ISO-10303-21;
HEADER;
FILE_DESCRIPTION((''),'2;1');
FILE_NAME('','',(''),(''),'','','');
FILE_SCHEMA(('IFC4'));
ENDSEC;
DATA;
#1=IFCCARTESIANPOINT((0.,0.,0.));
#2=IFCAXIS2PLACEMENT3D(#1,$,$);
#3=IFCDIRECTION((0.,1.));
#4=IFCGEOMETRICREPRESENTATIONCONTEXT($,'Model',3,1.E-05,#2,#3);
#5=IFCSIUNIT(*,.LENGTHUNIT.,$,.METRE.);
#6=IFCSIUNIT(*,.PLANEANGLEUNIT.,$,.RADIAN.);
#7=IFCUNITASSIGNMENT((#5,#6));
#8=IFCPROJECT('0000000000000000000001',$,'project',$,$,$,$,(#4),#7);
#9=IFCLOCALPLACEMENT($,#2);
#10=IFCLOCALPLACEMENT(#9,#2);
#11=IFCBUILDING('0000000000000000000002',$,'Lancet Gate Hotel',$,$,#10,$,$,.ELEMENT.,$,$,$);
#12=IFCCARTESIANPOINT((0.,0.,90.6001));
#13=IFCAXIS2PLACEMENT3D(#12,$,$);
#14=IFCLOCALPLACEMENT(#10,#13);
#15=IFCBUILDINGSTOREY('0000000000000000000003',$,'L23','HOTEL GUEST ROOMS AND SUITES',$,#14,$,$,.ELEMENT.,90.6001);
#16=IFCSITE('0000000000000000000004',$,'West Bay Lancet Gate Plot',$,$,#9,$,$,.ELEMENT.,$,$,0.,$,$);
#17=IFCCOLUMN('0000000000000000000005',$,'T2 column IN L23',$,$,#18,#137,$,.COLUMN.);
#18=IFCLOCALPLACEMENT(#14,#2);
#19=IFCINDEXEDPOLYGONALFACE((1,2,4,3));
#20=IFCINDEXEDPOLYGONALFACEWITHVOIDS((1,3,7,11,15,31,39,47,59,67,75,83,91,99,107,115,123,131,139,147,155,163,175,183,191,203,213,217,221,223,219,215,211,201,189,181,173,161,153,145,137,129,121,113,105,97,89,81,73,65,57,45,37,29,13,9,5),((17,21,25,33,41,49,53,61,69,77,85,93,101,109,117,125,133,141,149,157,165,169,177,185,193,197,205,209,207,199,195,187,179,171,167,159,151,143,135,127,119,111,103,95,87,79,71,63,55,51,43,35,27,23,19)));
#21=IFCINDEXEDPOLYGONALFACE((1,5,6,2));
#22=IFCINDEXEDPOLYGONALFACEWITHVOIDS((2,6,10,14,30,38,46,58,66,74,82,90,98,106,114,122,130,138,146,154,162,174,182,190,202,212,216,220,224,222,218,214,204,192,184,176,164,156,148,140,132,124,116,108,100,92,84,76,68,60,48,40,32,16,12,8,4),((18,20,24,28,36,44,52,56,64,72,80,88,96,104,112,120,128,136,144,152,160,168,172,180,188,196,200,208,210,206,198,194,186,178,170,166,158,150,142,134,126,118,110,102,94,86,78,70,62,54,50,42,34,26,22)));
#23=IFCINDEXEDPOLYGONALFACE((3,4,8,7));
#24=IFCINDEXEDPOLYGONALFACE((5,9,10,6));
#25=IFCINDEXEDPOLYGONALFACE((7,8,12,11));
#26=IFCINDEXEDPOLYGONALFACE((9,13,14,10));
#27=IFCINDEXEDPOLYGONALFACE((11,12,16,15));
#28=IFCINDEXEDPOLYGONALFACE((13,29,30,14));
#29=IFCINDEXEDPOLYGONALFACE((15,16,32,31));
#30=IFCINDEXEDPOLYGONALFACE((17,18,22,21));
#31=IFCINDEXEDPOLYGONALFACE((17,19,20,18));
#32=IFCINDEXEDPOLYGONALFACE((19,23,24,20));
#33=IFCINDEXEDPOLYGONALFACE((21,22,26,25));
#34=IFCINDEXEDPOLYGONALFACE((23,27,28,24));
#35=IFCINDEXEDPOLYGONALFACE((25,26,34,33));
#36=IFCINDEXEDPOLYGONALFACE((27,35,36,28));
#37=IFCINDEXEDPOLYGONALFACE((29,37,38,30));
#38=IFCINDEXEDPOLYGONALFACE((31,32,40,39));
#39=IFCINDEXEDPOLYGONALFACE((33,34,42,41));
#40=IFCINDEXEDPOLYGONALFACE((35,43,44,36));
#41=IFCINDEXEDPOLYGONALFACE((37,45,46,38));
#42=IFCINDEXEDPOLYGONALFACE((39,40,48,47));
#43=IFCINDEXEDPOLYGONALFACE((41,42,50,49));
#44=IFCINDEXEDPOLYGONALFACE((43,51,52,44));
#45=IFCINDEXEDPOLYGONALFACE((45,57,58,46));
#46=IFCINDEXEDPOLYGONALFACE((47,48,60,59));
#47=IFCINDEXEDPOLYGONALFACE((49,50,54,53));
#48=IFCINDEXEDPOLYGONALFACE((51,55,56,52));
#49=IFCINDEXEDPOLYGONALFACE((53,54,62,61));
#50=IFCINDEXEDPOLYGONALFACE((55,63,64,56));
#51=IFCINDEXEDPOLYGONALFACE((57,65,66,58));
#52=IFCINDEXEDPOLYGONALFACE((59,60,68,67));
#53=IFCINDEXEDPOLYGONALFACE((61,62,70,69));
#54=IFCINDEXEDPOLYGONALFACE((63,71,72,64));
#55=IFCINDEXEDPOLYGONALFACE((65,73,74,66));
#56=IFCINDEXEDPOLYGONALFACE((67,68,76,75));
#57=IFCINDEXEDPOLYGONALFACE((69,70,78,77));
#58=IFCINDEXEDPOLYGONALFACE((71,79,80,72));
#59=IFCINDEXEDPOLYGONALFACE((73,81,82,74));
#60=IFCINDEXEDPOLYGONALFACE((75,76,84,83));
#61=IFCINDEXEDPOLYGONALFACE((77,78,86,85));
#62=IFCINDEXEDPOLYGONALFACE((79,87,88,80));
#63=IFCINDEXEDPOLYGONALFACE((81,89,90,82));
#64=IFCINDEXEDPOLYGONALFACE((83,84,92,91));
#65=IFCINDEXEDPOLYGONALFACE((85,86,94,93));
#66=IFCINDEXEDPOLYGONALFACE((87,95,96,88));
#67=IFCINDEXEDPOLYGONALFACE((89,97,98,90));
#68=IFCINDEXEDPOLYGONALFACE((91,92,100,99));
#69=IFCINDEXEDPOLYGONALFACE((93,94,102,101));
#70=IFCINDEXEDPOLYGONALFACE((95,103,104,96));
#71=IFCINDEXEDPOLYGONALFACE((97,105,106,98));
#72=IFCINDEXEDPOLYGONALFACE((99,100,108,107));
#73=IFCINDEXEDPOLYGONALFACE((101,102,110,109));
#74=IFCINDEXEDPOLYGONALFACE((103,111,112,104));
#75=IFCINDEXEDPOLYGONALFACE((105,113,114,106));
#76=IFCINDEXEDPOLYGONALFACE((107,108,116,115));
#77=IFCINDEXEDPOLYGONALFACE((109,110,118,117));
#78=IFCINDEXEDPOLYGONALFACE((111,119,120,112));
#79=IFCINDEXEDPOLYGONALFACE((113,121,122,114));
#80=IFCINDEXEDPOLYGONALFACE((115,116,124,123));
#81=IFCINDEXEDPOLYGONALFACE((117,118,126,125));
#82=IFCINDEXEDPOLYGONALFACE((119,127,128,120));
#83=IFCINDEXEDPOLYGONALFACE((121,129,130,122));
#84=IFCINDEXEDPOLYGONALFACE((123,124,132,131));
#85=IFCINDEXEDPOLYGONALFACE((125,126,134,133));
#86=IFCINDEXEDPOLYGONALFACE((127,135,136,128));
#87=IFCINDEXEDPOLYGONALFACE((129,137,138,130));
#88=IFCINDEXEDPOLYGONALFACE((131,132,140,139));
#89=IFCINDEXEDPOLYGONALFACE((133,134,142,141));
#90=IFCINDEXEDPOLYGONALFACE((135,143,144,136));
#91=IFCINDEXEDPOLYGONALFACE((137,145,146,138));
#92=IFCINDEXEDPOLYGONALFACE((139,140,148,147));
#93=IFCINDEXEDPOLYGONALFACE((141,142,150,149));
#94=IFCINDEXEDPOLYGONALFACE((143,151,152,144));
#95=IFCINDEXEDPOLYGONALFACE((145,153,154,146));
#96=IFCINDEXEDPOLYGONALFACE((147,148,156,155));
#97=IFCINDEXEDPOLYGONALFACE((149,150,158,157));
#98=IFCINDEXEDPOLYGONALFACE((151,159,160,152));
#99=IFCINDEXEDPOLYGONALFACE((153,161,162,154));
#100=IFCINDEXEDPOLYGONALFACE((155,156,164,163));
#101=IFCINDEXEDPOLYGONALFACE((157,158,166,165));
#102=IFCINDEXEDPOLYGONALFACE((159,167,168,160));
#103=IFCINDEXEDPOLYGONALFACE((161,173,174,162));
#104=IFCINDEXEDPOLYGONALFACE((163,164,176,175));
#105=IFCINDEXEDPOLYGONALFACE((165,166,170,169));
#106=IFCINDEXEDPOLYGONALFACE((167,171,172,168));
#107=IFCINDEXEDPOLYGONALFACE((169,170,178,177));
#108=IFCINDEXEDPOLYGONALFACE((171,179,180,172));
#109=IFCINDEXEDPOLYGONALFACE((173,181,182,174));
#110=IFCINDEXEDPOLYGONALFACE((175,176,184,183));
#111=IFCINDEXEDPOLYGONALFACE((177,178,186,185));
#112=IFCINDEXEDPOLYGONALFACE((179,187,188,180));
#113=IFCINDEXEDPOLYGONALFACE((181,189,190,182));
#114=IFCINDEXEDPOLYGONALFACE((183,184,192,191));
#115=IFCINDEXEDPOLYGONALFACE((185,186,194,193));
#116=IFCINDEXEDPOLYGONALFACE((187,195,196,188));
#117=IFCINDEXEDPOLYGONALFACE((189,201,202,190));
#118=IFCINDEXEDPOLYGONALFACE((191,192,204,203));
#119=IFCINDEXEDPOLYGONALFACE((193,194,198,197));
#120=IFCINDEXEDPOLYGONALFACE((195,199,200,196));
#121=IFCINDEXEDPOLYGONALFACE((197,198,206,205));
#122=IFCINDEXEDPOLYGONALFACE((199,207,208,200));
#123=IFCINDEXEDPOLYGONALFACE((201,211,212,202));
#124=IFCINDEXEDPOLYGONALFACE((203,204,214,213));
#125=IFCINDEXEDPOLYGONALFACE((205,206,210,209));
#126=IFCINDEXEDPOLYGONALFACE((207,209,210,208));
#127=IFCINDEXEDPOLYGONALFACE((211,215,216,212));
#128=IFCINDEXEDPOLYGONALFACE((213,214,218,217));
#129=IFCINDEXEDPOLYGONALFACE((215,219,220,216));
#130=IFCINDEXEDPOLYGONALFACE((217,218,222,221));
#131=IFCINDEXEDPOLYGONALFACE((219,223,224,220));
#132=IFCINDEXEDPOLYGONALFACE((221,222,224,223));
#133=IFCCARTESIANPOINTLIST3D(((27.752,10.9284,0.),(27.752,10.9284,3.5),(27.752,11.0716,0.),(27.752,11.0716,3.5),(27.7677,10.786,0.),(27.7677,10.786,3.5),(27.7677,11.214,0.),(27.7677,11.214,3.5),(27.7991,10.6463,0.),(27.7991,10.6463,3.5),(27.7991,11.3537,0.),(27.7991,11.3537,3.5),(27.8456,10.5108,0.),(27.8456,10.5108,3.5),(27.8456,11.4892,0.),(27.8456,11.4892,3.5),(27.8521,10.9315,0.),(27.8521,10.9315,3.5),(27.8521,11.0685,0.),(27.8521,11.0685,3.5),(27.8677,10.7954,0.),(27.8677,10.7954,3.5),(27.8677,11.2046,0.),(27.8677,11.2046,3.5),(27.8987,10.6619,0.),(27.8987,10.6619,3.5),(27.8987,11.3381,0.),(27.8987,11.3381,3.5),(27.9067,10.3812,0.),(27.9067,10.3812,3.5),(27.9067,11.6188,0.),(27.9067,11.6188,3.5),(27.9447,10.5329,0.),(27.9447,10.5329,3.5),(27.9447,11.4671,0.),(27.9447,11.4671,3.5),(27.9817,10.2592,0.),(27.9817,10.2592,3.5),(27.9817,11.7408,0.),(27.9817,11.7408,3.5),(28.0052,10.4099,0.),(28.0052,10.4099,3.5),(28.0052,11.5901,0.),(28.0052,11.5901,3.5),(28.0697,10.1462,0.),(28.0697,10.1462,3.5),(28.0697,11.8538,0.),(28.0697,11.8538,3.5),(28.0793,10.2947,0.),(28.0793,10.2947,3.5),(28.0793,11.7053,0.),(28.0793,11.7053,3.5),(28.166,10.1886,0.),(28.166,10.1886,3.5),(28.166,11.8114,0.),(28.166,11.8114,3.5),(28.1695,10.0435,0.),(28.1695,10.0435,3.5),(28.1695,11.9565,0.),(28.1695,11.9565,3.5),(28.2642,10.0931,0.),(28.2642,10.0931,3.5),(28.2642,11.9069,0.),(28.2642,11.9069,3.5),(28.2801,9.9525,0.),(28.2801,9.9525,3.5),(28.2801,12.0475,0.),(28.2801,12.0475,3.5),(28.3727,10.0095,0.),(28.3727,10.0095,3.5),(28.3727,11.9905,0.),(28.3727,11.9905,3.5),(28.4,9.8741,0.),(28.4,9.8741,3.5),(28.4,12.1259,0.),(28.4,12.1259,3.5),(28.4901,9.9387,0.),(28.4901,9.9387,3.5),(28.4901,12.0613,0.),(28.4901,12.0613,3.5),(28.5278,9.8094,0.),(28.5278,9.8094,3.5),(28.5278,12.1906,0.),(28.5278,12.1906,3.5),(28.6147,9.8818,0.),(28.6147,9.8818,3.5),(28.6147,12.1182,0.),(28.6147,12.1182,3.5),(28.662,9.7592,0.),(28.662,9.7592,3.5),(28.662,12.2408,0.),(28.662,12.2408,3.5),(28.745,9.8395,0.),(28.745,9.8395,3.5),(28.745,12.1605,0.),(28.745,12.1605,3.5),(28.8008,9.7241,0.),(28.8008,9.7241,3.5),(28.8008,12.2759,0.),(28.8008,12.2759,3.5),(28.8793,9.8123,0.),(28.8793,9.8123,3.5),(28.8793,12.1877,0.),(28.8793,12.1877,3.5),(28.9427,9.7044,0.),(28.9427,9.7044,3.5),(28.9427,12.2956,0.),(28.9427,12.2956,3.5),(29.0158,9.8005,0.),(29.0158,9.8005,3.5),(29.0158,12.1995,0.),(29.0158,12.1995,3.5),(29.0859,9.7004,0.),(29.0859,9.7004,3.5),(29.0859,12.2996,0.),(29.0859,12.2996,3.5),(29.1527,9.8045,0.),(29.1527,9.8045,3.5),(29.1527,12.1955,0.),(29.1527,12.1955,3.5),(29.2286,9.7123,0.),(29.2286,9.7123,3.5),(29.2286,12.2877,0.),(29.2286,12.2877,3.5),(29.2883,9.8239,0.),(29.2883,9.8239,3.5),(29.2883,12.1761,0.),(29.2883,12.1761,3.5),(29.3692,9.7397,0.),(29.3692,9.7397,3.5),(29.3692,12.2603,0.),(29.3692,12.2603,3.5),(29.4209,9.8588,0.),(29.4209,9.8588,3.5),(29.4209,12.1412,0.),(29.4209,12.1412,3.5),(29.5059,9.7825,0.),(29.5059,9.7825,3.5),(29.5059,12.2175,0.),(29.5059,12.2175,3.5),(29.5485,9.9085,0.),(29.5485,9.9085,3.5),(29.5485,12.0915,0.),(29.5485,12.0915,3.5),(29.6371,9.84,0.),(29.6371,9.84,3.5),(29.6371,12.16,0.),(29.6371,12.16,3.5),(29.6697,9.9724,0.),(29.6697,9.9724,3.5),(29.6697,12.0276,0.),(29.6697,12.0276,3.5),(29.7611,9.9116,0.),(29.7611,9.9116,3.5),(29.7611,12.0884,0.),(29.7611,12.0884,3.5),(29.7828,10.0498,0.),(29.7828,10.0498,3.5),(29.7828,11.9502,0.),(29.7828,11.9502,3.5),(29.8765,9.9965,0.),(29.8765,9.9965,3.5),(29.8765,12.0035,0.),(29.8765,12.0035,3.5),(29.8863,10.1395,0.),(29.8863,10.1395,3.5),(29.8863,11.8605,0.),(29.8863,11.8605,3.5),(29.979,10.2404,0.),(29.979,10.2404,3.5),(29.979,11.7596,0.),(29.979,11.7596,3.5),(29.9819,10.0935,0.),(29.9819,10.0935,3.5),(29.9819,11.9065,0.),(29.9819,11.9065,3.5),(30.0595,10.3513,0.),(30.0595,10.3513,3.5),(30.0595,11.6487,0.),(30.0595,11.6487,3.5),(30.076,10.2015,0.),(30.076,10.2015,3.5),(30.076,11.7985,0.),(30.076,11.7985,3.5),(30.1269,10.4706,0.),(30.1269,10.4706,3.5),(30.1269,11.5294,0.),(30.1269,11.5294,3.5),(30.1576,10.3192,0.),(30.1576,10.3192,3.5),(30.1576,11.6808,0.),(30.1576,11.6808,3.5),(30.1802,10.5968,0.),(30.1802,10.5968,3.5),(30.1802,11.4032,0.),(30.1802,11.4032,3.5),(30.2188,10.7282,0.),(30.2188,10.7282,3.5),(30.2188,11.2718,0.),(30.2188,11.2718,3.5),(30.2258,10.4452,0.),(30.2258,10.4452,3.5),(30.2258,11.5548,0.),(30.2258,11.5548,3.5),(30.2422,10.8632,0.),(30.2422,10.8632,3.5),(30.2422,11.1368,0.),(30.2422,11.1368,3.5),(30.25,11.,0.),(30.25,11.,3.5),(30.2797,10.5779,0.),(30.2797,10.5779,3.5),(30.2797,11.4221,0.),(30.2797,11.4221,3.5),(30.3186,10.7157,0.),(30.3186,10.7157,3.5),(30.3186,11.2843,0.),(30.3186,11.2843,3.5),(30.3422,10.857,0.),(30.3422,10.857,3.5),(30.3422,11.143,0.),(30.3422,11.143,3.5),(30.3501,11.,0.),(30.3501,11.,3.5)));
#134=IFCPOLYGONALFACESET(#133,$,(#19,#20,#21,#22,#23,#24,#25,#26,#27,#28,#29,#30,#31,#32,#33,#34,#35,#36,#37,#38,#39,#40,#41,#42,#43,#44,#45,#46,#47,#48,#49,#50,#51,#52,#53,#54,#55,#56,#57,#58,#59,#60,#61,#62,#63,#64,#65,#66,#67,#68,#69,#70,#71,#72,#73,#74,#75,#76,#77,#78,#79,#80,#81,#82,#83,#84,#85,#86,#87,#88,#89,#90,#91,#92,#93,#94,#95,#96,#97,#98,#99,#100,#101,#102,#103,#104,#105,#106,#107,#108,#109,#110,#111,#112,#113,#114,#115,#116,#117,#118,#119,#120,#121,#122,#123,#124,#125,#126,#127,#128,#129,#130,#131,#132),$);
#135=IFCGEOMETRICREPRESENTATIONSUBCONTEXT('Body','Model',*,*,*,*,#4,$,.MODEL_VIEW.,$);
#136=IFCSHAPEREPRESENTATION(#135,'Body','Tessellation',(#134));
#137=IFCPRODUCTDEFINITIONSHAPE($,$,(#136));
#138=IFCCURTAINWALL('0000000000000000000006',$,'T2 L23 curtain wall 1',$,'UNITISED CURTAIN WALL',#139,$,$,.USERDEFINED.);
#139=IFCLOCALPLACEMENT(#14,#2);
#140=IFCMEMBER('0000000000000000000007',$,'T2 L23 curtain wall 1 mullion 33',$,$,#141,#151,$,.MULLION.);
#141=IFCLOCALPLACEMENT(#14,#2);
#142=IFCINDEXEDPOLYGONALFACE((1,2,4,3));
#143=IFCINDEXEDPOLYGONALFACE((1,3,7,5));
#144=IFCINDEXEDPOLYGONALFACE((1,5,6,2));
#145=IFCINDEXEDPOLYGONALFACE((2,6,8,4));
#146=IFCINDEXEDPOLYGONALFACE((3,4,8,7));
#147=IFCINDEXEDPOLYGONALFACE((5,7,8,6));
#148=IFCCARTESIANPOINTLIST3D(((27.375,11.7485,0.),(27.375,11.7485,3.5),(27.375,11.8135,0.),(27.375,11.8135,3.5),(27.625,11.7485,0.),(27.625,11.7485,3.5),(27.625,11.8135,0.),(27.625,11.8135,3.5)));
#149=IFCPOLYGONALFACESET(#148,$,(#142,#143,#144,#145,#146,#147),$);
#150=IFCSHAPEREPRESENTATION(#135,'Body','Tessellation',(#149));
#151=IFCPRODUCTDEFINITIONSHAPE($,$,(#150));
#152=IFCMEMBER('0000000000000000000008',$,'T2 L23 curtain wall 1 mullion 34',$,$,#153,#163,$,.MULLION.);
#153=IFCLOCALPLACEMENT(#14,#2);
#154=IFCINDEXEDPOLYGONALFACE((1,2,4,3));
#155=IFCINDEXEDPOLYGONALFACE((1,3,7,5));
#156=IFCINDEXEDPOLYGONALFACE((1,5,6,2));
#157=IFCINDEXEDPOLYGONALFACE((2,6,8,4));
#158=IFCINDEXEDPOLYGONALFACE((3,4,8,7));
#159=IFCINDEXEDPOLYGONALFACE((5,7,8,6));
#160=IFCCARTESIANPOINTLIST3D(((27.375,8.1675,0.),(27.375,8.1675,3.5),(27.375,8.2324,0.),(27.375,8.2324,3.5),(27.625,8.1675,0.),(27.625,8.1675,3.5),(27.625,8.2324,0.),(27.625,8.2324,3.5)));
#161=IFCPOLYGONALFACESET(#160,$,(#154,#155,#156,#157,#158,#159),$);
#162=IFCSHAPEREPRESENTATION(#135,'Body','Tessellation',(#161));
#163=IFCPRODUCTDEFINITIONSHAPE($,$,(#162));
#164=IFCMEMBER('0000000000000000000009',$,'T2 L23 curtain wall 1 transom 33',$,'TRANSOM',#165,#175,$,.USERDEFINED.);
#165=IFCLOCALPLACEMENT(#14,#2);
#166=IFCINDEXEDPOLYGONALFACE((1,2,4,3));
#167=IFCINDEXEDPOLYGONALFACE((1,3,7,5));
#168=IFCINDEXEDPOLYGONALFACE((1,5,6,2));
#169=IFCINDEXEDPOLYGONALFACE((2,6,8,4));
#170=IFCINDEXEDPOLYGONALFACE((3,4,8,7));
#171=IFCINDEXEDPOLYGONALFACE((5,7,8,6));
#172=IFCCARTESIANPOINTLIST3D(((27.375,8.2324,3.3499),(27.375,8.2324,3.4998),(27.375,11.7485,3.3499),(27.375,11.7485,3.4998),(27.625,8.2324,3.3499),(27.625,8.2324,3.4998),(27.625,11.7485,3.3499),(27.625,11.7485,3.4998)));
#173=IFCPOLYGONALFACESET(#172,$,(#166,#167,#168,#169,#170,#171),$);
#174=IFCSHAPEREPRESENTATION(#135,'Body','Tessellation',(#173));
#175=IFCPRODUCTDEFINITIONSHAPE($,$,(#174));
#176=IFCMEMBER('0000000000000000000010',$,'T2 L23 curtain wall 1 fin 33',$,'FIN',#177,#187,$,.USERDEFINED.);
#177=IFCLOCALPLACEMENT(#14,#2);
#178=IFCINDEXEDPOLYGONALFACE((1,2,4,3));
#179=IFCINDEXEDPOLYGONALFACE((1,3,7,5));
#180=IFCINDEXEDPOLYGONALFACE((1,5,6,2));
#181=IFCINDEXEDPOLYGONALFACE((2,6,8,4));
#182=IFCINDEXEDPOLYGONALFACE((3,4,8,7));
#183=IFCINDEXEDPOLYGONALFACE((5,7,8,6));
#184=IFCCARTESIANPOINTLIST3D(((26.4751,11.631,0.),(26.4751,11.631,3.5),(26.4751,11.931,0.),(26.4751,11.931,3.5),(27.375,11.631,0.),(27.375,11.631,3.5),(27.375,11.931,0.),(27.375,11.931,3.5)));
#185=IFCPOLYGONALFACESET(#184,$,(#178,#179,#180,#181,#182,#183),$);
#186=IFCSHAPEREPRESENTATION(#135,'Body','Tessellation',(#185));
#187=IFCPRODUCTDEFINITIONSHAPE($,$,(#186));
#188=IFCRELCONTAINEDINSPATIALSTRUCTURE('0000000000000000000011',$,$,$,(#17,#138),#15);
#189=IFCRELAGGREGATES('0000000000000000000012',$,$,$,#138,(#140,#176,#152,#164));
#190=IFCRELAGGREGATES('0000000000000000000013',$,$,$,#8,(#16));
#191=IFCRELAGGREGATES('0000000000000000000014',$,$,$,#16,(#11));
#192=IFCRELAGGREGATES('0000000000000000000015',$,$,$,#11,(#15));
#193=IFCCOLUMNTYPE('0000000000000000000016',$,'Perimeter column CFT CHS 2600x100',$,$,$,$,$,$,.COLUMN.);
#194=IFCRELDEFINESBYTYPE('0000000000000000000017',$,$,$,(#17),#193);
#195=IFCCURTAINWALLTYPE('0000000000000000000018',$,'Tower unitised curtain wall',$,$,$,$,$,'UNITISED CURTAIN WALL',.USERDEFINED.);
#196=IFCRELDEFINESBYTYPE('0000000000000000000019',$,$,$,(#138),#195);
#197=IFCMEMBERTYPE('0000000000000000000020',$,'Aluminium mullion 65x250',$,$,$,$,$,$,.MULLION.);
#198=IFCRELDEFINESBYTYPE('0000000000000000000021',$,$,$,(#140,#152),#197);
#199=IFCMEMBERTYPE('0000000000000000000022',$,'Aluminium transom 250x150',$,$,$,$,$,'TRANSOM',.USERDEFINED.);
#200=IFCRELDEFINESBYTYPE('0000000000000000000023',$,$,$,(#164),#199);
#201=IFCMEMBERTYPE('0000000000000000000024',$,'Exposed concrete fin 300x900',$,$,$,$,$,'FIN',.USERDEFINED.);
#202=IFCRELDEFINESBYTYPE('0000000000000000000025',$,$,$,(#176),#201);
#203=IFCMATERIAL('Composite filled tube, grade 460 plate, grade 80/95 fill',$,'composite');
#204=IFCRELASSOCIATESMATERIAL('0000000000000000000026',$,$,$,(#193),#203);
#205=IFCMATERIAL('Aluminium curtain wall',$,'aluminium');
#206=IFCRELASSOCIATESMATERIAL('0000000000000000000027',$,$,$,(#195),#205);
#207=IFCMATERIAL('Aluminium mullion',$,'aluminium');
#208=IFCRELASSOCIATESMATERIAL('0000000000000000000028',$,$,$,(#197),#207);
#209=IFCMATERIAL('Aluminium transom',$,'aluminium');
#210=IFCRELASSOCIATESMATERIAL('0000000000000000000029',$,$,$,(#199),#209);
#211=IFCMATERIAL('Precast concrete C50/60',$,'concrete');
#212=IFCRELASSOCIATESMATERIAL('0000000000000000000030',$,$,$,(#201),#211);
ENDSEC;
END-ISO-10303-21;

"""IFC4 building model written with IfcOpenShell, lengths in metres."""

from ifc_helpers import new_model, si_unit, direction, frame, origin, origin_2d, place, context, subcontext, project, spatial, rectangle, hollow_circle, extrude, material, material_profile, profile_set, type_object, element, aggregate, save


model = new_model("IFC4")

# Units and contexts
model_context = context("Model", 3, precision=1e-05, world=origin(), true_north=direction((0.0, 1.0)))
body_context = subcontext(model_context, "Body", "Model", "MODEL_VIEW")
ifc_project = project(units=[si_unit("LENGTHUNIT", "METRE"), si_unit("PLANEANGLEUNIT", "RADIAN")], contexts=[model_context])

# Site, building, storey
site_placement = place(None, origin())
site = spatial("IfcSite", under=ifc_project, at=site_placement, Name="West Bay Lancet Gate Plot", CompositionType="ELEMENT", RefElevation=0.0)
building_placement = place(site_placement, origin())
building = spatial("IfcBuilding", under=site, at=building_placement, Name="Lancet Gate Hotel", CompositionType="ELEMENT")
storey_placement = place(building_placement, frame((0.0, 0.0, 90.6001)))
storey = spatial("IfcBuildingStorey", under=building, at=storey_placement, Name="L23", Description="HOTEL GUEST ROOMS AND SUITES", CompositionType="ELEMENT", Elevation=90.6001)

# Column
ifc_material_1 = material(Name="Composite filled tube, grade 460 plate, grade 80/95 fill", Category="composite")
ifc_material_profile_1 = material_profile(ifc_material_1, hollow_circle(Radius=1.3, WallThickness=0.1001, at=origin_2d()), Name="CHS 2600x100")
ifc_profile_set_1 = profile_set([ifc_material_profile_1], Name="Composite filled tube, grade 460 plate, grade 80/95 fill")
column_type = type_object("IfcColumnType", Name="Perimeter column CFT CHS 2600x100", PredefinedType="COLUMN", material=ifc_profile_set_1)
column_placement = place(storey_placement, frame((29.05, 11.0, 0.0), z_axis=(0.0, 0.0, 1.0), x_axis=(1.0, 0.0, 0.0)))
element("IfcColumn", 1, at=column_placement, inside=storey, type_object=column_type, Name="T2 column IN L23", PredefinedType="COLUMN", context=body_context, shape_type="SweptSolid", body=[
    extrude(hollow_circle(Radius=1.3, WallThickness=0.1001, at=origin_2d()), origin(), (0.0, 0.0, 1.0), 3.5),
])

# Curtain wall, members
ifc_material_2 = material(Name="Aluminium curtain wall", Category="aluminium")
curtain_wall_type = type_object("IfcCurtainWallType", Name="Tower unitised curtain wall", ElementType="UNITISED CURTAIN WALL", PredefinedType="USERDEFINED", material=ifc_material_2)
curtain_wall_placement = place(storey_placement, origin())
curtain_wall = element("IfcCurtainWall", 2, at=curtain_wall_placement, inside=storey, type_object=curtain_wall_type, Name="T2 L23 curtain wall 1", ObjectType="UNITISED CURTAIN WALL", PredefinedType="USERDEFINED")
ifc_material_3 = material(Name="Aluminium mullion", Category="aluminium")
ifc_material_profile_2 = material_profile(ifc_material_3, rectangle(XDim=0.0649, YDim=0.25, at=origin_2d()), Name="MULLION 65x250")
ifc_profile_set_2 = profile_set([ifc_material_profile_2], Name="Aluminium mullion")
member_type_1 = type_object("IfcMemberType", Name="Aluminium mullion 65x250", PredefinedType="MULLION", material=ifc_profile_set_2)
member_1_placement = place(storey_placement, frame((27.5, 11.781, 0.0), z_axis=(0.0, 0.0, 1.0), x_axis=(0.0, -1.0, 0.0)))
member_1 = element("IfcMember", 3, at=member_1_placement, type_object=member_type_1, Name="T2 L23 curtain wall 1 mullion 33", PredefinedType="MULLION", context=body_context, shape_type="SweptSolid", body=[
    extrude(rectangle(XDim=0.0649, YDim=0.25, at=origin_2d()), origin(), (0.0, 0.0, 1.0), 3.5),
])
member_2_placement = place(storey_placement, frame((27.5, 8.2, 0.0), z_axis=(0.0, 0.0, 1.0), x_axis=(0.0, -1.0, 0.0)))
member_2 = element("IfcMember", 4, at=member_2_placement, type_object=member_type_1, Name="T2 L23 curtain wall 1 mullion 34", PredefinedType="MULLION", context=body_context, shape_type="SweptSolid", body=[
    extrude(rectangle(XDim=0.0649, YDim=0.25, at=origin_2d()), origin(), (0.0, 0.0, 1.0), 3.5),
])
ifc_material_4 = material(Name="Aluminium transom", Category="aluminium")
ifc_material_profile_3 = material_profile(ifc_material_4, rectangle(XDim=0.25, YDim=0.1499, at=origin_2d()), Name="TRANSOM 250x150")
ifc_profile_set_3 = profile_set([ifc_material_profile_3], Name="Aluminium transom")
member_type_2 = type_object("IfcMemberType", Name="Aluminium transom 250x150", ElementType="TRANSOM", PredefinedType="USERDEFINED", material=ifc_profile_set_3)
member_3_placement = place(storey_placement, frame((27.5, 11.7485, 3.4248), z_axis=(0.0, -1.0, 0.0), x_axis=(1.0, 0.0, 0.0)))
member_3 = element("IfcMember", 5, at=member_3_placement, type_object=member_type_2, Name="T2 L23 curtain wall 1 transom 33", ObjectType="TRANSOM", PredefinedType="USERDEFINED", context=body_context, shape_type="SweptSolid", body=[
    extrude(rectangle(XDim=0.25, YDim=0.1499, at=origin_2d()), origin(), (0.0, 0.0, 1.0), 3.5161),
])
ifc_material_5 = material(Name="Precast concrete C50/60", Category="concrete")
ifc_material_profile_4 = material_profile(ifc_material_5, rectangle(XDim=0.3, YDim=0.8999, at=origin_2d()), Name="FIN 300x900")
ifc_profile_set_4 = profile_set([ifc_material_profile_4], Name="Precast concrete C50/60")
member_type_3 = type_object("IfcMemberType", Name="Exposed concrete fin 300x900", ElementType="FIN", PredefinedType="USERDEFINED", material=ifc_profile_set_4)
member_4_placement = place(storey_placement, frame((26.925, 11.781, 0.0), z_axis=(0.0, 0.0, 1.0), x_axis=(0.0, -1.0, 0.0)))
member_4 = element("IfcMember", 6, at=member_4_placement, type_object=member_type_3, Name="T2 L23 curtain wall 1 fin 33", ObjectType="FIN", PredefinedType="USERDEFINED", context=body_context, shape_type="SweptSolid", body=[
    extrude(rectangle(XDim=0.3, YDim=0.8999, at=origin_2d()), origin(), (0.0, 0.0, 1.0), 3.5),
])

aggregate(curtain_wall, [member_1, member_4, member_2, member_3])

save(model, "model.ifc")
